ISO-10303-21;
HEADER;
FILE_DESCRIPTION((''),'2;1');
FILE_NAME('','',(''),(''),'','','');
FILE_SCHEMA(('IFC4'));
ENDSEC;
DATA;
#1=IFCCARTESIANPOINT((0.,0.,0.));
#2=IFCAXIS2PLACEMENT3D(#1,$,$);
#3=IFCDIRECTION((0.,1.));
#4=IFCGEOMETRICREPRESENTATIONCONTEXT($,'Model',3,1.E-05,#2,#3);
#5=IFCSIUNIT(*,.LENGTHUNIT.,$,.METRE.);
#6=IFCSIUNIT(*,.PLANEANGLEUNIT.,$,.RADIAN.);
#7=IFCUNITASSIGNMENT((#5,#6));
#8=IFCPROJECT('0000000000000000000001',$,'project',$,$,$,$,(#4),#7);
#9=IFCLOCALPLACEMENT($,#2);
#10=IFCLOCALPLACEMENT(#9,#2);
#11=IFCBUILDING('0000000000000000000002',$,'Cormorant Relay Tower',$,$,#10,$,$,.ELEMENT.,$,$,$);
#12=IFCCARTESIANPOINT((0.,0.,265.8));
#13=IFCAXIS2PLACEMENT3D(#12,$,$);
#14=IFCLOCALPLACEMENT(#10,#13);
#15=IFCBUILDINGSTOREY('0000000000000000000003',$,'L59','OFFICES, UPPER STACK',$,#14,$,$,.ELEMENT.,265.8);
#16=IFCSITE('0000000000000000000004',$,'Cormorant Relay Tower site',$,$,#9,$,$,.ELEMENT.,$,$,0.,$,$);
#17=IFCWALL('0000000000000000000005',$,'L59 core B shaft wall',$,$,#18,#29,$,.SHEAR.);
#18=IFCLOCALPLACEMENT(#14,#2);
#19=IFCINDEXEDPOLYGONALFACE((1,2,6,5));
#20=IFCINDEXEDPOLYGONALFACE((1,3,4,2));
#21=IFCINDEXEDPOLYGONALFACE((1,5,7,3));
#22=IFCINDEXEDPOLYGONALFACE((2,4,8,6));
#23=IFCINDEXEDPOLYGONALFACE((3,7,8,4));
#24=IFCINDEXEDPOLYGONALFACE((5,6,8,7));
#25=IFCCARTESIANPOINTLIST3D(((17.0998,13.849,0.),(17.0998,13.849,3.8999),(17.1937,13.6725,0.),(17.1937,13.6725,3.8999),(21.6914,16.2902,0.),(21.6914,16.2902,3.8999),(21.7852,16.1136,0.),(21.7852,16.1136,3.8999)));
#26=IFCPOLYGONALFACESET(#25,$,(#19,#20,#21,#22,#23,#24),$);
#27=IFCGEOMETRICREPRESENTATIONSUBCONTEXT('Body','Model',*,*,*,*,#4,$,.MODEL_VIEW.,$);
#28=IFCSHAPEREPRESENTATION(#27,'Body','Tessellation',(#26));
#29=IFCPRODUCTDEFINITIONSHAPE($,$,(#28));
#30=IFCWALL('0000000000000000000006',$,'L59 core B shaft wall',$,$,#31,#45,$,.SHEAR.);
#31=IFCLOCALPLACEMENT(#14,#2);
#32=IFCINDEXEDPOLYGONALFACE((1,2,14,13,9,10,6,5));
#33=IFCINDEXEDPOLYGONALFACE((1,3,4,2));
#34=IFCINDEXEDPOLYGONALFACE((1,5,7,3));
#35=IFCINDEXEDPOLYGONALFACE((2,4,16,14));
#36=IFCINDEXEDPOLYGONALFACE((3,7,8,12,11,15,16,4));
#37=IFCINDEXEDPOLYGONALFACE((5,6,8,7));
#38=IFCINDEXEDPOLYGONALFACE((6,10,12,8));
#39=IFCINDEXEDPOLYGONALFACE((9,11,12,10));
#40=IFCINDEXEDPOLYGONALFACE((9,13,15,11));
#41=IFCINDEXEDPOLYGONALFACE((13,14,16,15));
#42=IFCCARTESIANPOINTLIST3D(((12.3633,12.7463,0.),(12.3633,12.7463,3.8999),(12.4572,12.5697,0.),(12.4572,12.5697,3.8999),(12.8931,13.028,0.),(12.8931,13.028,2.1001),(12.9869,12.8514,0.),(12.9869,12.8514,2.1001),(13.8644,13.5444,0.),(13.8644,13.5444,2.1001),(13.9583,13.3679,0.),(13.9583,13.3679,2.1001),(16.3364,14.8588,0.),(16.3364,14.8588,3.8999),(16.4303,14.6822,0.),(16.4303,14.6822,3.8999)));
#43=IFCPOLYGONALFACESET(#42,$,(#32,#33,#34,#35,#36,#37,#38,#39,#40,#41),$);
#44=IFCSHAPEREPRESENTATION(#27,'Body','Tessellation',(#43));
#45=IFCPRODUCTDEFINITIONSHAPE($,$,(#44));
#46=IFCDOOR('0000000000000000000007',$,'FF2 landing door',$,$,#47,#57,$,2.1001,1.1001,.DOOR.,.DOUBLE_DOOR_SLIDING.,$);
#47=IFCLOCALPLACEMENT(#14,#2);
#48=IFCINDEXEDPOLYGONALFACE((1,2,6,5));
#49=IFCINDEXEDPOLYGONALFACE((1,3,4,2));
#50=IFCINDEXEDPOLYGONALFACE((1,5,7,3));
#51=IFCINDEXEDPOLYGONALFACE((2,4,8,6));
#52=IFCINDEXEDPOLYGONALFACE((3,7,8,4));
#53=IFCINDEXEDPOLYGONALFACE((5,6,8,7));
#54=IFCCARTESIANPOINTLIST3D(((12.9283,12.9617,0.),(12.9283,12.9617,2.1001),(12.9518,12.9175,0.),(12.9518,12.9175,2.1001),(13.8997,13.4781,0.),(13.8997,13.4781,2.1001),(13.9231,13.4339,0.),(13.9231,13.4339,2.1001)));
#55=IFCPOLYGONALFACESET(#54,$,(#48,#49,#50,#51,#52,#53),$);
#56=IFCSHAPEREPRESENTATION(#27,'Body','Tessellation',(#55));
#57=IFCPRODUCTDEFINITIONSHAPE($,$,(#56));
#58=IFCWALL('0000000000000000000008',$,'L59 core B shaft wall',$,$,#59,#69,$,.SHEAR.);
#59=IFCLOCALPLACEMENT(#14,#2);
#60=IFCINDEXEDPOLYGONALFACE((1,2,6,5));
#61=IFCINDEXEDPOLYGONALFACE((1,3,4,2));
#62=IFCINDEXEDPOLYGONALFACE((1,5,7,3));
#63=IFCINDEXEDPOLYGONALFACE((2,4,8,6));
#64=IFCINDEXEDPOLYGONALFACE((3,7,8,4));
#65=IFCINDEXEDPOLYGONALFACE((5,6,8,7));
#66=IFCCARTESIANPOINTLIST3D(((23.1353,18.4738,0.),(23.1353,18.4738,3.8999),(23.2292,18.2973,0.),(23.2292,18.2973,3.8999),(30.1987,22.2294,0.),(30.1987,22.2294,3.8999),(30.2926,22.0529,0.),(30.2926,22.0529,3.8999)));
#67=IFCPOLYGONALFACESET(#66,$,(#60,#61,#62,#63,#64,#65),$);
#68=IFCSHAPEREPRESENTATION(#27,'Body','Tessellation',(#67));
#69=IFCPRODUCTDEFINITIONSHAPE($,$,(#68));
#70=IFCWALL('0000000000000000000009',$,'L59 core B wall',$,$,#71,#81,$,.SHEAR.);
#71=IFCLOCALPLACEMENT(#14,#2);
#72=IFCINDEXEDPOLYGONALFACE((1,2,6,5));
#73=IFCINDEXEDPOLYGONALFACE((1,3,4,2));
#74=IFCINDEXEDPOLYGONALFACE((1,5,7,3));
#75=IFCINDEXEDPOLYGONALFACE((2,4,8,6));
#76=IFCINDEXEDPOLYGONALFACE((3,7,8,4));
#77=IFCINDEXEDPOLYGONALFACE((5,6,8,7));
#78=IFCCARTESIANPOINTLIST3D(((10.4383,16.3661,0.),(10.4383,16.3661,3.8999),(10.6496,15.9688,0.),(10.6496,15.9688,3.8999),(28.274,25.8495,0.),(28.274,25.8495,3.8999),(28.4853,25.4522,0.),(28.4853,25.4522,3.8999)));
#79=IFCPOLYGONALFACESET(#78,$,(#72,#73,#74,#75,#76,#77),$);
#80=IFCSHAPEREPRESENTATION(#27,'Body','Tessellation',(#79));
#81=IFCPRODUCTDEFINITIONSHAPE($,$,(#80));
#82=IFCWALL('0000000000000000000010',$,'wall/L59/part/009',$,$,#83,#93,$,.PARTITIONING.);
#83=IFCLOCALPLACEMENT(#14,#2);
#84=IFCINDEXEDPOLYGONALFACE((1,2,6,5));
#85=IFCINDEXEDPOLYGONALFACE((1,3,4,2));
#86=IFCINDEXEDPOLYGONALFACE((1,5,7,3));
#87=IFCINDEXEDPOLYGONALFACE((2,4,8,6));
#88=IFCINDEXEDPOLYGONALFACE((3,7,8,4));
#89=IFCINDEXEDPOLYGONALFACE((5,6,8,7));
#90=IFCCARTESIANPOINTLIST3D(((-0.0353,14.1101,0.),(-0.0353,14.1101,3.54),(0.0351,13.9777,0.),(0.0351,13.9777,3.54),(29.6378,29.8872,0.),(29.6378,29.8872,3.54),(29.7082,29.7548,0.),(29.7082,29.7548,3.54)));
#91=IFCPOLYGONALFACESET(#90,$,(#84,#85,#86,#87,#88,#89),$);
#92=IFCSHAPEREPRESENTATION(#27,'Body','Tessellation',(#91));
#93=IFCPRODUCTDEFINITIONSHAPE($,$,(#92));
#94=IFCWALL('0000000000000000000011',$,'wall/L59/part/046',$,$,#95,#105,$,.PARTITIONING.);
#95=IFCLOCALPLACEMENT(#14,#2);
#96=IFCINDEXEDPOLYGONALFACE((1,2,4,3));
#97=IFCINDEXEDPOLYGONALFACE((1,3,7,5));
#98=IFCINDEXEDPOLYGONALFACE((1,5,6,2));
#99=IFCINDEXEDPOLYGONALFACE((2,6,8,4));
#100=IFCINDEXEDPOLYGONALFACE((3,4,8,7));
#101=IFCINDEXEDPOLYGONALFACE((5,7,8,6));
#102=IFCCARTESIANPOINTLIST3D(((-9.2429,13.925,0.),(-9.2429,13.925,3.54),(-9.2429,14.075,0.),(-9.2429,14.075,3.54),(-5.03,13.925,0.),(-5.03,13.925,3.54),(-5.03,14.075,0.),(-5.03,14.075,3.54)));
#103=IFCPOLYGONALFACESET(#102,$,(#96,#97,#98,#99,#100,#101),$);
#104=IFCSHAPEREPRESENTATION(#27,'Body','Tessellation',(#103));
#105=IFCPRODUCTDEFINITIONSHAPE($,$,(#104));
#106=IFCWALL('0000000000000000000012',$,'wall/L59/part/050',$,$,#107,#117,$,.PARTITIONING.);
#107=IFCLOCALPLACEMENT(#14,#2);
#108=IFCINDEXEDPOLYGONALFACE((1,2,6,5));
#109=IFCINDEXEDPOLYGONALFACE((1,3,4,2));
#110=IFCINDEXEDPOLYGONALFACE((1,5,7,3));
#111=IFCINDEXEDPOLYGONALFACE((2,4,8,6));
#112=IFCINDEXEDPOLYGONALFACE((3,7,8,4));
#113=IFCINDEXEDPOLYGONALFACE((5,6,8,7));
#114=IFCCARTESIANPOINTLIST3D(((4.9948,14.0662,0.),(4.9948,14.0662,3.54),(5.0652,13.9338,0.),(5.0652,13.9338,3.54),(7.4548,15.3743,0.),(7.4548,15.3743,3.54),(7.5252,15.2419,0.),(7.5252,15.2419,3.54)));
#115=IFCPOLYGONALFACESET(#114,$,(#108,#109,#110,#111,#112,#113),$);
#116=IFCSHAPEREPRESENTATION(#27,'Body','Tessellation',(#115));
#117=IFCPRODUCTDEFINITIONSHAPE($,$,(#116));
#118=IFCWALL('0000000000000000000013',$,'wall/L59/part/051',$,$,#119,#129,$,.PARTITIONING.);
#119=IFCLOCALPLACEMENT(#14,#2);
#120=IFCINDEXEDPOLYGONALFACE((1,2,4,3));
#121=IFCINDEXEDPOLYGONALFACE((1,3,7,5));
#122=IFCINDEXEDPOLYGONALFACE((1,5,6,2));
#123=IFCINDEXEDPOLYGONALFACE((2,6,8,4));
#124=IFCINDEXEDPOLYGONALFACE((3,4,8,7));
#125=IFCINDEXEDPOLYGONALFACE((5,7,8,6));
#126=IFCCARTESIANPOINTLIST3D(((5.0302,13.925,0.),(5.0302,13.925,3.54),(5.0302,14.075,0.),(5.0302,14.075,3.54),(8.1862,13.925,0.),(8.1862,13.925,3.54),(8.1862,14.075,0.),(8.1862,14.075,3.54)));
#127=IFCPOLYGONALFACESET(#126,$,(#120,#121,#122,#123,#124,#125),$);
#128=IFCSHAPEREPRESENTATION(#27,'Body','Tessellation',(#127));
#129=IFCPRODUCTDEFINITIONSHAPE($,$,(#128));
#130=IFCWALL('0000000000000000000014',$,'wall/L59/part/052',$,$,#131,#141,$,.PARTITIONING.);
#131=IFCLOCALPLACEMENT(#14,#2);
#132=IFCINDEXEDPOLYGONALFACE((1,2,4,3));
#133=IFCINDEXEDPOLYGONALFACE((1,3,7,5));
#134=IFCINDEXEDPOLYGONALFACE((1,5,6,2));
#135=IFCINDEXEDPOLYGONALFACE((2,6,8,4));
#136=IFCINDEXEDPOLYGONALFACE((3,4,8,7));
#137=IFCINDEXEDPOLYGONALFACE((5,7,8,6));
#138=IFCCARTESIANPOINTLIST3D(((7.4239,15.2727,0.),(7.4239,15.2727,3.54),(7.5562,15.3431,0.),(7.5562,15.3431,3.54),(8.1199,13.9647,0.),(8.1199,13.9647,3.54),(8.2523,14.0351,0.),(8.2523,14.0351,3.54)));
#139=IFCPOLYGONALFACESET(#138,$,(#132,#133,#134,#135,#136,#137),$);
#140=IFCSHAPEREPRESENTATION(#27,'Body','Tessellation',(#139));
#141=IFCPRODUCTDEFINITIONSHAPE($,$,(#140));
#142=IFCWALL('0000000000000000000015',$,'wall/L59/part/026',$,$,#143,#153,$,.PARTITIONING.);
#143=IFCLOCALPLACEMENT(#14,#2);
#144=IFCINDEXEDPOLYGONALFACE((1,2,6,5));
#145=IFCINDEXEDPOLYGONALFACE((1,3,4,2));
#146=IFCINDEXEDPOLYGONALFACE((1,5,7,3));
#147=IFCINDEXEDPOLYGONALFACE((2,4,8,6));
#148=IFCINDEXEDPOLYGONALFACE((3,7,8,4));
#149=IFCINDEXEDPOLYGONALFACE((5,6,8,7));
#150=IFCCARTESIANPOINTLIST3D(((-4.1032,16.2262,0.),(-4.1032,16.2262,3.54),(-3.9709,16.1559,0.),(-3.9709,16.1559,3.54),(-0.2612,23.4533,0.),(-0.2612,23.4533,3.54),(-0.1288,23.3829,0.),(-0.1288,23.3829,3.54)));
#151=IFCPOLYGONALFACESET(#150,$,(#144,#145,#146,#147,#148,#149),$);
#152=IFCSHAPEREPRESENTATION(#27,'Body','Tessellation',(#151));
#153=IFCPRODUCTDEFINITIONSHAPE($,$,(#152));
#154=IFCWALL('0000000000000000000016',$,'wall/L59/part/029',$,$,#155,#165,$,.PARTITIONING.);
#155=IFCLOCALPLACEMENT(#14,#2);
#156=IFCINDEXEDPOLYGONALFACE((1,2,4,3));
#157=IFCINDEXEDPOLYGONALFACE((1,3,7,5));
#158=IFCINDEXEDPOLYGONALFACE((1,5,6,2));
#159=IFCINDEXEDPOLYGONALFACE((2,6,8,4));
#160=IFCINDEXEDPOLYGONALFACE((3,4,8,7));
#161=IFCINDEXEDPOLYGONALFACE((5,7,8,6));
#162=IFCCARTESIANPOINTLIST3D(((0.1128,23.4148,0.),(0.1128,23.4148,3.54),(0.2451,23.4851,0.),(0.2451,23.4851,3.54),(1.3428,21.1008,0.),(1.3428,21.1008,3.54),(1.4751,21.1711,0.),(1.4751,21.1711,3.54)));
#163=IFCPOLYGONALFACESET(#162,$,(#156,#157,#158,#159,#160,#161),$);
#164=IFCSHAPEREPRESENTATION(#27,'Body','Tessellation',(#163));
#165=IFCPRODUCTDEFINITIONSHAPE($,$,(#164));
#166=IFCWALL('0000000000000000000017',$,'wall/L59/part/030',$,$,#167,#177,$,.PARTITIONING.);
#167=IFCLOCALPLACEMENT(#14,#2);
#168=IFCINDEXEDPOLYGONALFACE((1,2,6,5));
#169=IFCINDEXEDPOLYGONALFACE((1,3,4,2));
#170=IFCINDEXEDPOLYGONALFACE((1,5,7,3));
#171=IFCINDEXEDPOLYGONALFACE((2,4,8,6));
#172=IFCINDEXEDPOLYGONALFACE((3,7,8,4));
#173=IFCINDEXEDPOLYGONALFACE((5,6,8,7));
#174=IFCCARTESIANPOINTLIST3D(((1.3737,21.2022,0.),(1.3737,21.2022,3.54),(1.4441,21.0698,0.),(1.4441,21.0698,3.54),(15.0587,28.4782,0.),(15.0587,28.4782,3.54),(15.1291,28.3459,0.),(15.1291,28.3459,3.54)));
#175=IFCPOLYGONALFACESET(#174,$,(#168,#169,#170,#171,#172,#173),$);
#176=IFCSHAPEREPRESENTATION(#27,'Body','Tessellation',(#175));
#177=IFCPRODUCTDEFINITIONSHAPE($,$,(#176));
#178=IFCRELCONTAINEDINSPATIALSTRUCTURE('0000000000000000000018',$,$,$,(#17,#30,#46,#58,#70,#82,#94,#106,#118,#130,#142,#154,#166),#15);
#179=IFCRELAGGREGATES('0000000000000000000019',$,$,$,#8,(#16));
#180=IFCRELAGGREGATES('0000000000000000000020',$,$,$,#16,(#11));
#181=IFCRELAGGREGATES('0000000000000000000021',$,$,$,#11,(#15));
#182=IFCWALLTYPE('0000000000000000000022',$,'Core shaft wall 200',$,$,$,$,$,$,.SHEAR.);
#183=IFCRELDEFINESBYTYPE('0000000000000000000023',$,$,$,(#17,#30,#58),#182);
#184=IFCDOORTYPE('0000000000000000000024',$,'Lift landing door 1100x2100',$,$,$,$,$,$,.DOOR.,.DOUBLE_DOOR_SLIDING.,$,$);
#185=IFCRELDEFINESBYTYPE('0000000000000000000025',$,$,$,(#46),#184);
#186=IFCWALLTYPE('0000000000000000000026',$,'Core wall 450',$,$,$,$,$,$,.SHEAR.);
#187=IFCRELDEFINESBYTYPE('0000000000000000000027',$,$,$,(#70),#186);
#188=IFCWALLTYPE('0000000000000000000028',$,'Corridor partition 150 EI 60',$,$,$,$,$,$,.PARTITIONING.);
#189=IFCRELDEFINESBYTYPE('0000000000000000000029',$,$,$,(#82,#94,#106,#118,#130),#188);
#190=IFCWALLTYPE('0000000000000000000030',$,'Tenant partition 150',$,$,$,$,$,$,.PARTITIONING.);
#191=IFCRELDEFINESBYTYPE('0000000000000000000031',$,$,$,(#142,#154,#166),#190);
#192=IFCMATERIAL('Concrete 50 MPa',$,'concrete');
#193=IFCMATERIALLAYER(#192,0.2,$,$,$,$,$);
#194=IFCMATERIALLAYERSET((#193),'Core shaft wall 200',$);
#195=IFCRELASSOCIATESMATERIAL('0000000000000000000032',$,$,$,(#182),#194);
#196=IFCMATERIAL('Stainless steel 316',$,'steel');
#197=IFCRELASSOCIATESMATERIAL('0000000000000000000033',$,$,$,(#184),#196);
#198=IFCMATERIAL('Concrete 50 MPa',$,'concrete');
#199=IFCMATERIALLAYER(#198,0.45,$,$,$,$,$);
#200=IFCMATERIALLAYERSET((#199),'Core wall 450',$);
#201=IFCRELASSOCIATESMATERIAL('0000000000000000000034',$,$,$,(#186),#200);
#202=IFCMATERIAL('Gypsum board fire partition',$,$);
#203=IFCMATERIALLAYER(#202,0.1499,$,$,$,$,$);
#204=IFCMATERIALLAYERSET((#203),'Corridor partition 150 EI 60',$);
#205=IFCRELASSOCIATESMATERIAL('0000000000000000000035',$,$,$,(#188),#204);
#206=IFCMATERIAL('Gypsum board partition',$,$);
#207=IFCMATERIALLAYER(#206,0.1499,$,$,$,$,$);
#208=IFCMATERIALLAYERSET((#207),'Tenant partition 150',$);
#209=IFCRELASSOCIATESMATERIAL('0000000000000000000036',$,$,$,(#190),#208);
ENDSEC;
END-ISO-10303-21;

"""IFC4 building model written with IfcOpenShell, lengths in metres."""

from ifc_helpers import new_model, si_unit, direction, frame, frame_2d, origin, place, context, subcontext, project, spatial, rectangle, extrude, material, layer, layer_set, type_object, element, fill, save


model = new_model("IFC4")

# Units and contexts
model_context = context("Model", 3, precision=1e-05, world=origin(), true_north=direction((0.0, 1.0)))
body_context = subcontext(model_context, "Body", "Model", "MODEL_VIEW")
ifc_project = project(units=[si_unit("LENGTHUNIT", "METRE"), si_unit("PLANEANGLEUNIT", "RADIAN")], contexts=[model_context])

# Site, building, storey
site_placement = place(None, origin())
site = spatial("IfcSite", under=ifc_project, at=site_placement, Name="Cormorant Relay Tower site", CompositionType="ELEMENT", RefElevation=0.0)
building_placement = place(site_placement, origin())
building = spatial("IfcBuilding", under=site, at=building_placement, Name="Cormorant Relay Tower", CompositionType="ELEMENT")
storey_placement = place(building_placement, frame((0.0, 0.0, 265.8)))
storey = spatial("IfcBuildingStorey", under=building, at=storey_placement, Name="L59", Description="OFFICES, UPPER STACK", CompositionType="ELEMENT", Elevation=265.8)

# Shared definitions
ifc_material_1 = material(Name="Concrete 50 MPa", Category="concrete")
ifc_layer_1 = layer(ifc_material_1, 0.2)
ifc_layer_set_1 = layer_set([ifc_layer_1], Name="Core shaft wall 200")
wall_type_1 = type_object("IfcWallType", Name="Core shaft wall 200", PredefinedType="SHEAR", material=ifc_layer_set_1)

# Wall
wall_1_placement = place(storey_placement, frame((17.1467, 13.7607, 0.0), z_axis=(0.0, 0.0, 1.0), x_axis=(0.882964, 0.46944, 0.0)))
element("IfcWall", 1, at=wall_1_placement, inside=storey, type_object=wall_type_1, Name="L59 core B shaft wall", PredefinedType="SHEAR", context=body_context, shape_type="SweptSolid", body=[
    extrude(rectangle(XDim=5.2002, YDim=0.2, at=frame_2d((2.6001, 0.0))), origin(), (0.0, 0.0, 1.0), 3.8999),
])

# Wall, opening, door
wall_2_placement = place(storey_placement, frame((12.4102, 12.658, 0.0), z_axis=(0.0, 0.0, 1.0), x_axis=(0.882948, 0.46947, 0.0)))
wall_2 = element("IfcWall", 2, at=wall_2_placement, inside=storey, type_object=wall_type_1, Name="L59 core B shaft wall", PredefinedType="SHEAR", context=body_context, shape_type="SweptSolid", body=[
    extrude(rectangle(XDim=4.4998, YDim=0.2, at=frame_2d((2.25, 0.0))), origin(), (0.0, 0.0, 1.0), 3.8999),
])
opening_1_placement = place(wall_2_placement, frame((0.6001, 0.0, 0.0)))
opening_1 = element("IfcOpeningElement", 3, at=opening_1_placement, cuts=wall_2, PredefinedType="OPENING", context=body_context, shape_type="SweptSolid", body=[
    extrude(rectangle(XDim=1.1001, YDim=2.1001, at=frame_2d((0.55, 1.05))), frame((0.0, 0.1099, 0.0), z_axis=(0.0, -1.0, 0.0), x_axis=(1.0, 0.0, 0.0)), (0.0, 0.0, 1.0), 0.22),
])
ifc_material_2 = material(Name="Stainless steel 316", Category="steel")
door_type_1 = type_object("IfcDoorType", Name="Lift landing door 1100x2100", OperationType="DOUBLE_DOOR_SLIDING", PredefinedType="DOOR", material=ifc_material_2)
door_1_placement = place(opening_1_placement, origin())
door_1 = element("IfcDoor", 4, at=door_1_placement, inside=storey, type_object=door_type_1, Name="FF2 landing door", OperationType="DOUBLE_DOOR_SLIDING", OverallHeight=2.1001, OverallWidth=1.1001, PredefinedType="DOOR", context=body_context, shape_type="SweptSolid", body=[
    extrude(rectangle(XDim=1.1001, YDim=2.1001, at=frame_2d((0.55, 1.05))), frame((0.0, 0.0249, 0.0), z_axis=(0.0, -1.0, 0.0), x_axis=(1.0, 0.0, 0.0)), (0.0, 0.0, 1.0), 0.05),
])
fill(opening_1, door_1)

# Walls
wall_3_placement = place(storey_placement, frame((23.1821, 18.3855, 0.0), z_axis=(0.0, 0.0, 1.0), x_axis=(0.882953, 0.469462, 0.0)))
element("IfcWall", 5, at=wall_3_placement, inside=storey, type_object=wall_type_1, Name="L59 core B shaft wall", PredefinedType="SHEAR", context=body_context, shape_type="SweptSolid", body=[
    extrude(rectangle(XDim=7.9998, YDim=0.2, at=frame_2d((4.0, 0.0))), origin(), (0.0, 0.0, 1.0), 3.8999),
])
ifc_material_3 = material(Name="Concrete 50 MPa", Category="concrete")
ifc_layer_2 = layer(ifc_material_3, 0.45)
ifc_layer_set_2 = layer_set([ifc_layer_2], Name="Core wall 450")
wall_type_2 = type_object("IfcWallType", Name="Core wall 450", PredefinedType="SHEAR", material=ifc_layer_set_2)
wall_4_placement = place(storey_placement, frame((10.5439, 16.1675, 0.0), z_axis=(0.0, 0.0, 1.0), x_axis=(0.882948, 0.469471, 0.0)))
element("IfcWall", 6, at=wall_4_placement, inside=storey, type_object=wall_type_2, Name="L59 core B wall", PredefinedType="SHEAR", context=body_context, shape_type="SweptSolid", body=[
    extrude(rectangle(XDim=20.2002, YDim=0.45, at=frame_2d((10.1001, 0.0))), origin(), (0.0, 0.0, 1.0), 3.8999),
])
ifc_material_4 = material(Name="Gypsum board fire partition")
ifc_layer_3 = layer(ifc_material_4, 0.1499)
ifc_layer_set_3 = layer_set([ifc_layer_3], Name="Corridor partition 150 EI 60")
wall_type_3 = type_object("IfcWallType", Name="Corridor partition 150 EI 60", PredefinedType="PARTITIONING", material=ifc_layer_set_3)
wall_5_placement = place(storey_placement, frame((0.0, 14.0439, 0.0), z_axis=(0.0, 0.0, 1.0), x_axis=(0.882952, 0.469463, 0.0)))
element("IfcWall", 7, at=wall_5_placement, inside=storey, type_object=wall_type_3, Name="wall/L59/part/009", PredefinedType="PARTITIONING", context=body_context, shape_type="SweptSolid", body=[
    extrude(rectangle(XDim=33.6067, YDim=0.1499, at=frame_2d((16.8032, 0.0))), origin(), (0.0, 0.0, 1.0), 3.54),
])
wall_6_placement = place(storey_placement, frame((-5.03, 14.0, 0.0), z_axis=(0.0, 0.0, 1.0), x_axis=(-1.0, 0.0, 0.0)))
element("IfcWall", 8, at=wall_6_placement, inside=storey, type_object=wall_type_3, Name="wall/L59/part/046", PredefinedType="PARTITIONING", context=body_context, shape_type="SweptSolid", body=[
    extrude(rectangle(XDim=4.2129, YDim=0.1499, at=frame_2d((2.1064, 0.0))), origin(), (0.0, 0.0, 1.0), 3.54),
])
wall_7_placement = place(storey_placement, frame((7.49, 15.3081, 0.0), z_axis=(0.0, 0.0, 1.0), x_axis=(-0.88293, -0.469505, 0.0)))
element("IfcWall", 9, at=wall_7_placement, inside=storey, type_object=wall_type_3, Name="wall/L59/part/050", PredefinedType="PARTITIONING", context=body_context, shape_type="SweptSolid", body=[
    extrude(rectangle(XDim=2.7861, YDim=0.1499, at=frame_2d((1.3931, 0.0))), origin(), (0.0, 0.0, 1.0), 3.54),
])
wall_8_placement = place(storey_placement, frame((5.03, 14.0, 0.0), z_axis=(0.0, 0.0, 1.0), x_axis=(1.0, 0.0, 0.0)))
element("IfcWall", 10, at=wall_8_placement, inside=storey, type_object=wall_type_3, Name="wall/L59/part/051", PredefinedType="PARTITIONING", context=body_context, shape_type="SweptSolid", body=[
    extrude(rectangle(XDim=3.156, YDim=0.1499, at=frame_2d((1.5781, 0.0))), origin(), (0.0, 0.0, 1.0), 3.54),
])
wall_9_placement = place(storey_placement, frame((8.186, 14.0, 0.0), z_axis=(0.0, 0.0, 1.0), x_axis=(-0.469741, 0.882804, 0.0)))
element("IfcWall", 11, at=wall_9_placement, inside=storey, type_object=wall_type_3, Name="wall/L59/part/052", PredefinedType="PARTITIONING", context=body_context, shape_type="SweptSolid", body=[
    extrude(rectangle(XDim=1.4817, YDim=0.1499, at=frame_2d((0.7407, 0.0))), origin(), (0.0, 0.0, 1.0), 3.54),
])
ifc_material_5 = material(Name="Gypsum board partition")
ifc_layer_4 = layer(ifc_material_5, 0.1499)
ifc_layer_set_4 = layer_set([ifc_layer_4], Name="Tenant partition 150")
wall_type_4 = type_object("IfcWallType", Name="Tenant partition 150", PredefinedType="PARTITIONING", material=ifc_layer_set_4)
wall_10_placement = place(storey_placement, frame((-0.1951, 23.418, 0.0), z_axis=(0.0, 0.0, 1.0), x_axis=(-0.46941, -0.882981, 0.0)))
element("IfcWall", 12, at=wall_10_placement, inside=storey, type_object=wall_type_4, Name="wall/L59/part/026", PredefinedType="PARTITIONING", context=body_context, shape_type="SweptSolid", body=[
    extrude(rectangle(XDim=8.1848, YDim=0.1499, at=frame_2d((4.0923, 0.0))), origin(), (0.0, 0.0, 1.0), 3.54),
])
wall_11_placement = place(storey_placement, frame((0.179, 23.45, 0.0), z_axis=(0.0, 0.0, 1.0), x_axis=(0.46936, -0.883007, 0.0)))
element("IfcWall", 13, at=wall_11_placement, inside=storey, type_object=wall_type_4, Name="wall/L59/part/029", PredefinedType="PARTITIONING", context=body_context, shape_type="SweptSolid", body=[
    extrude(rectangle(XDim=2.6206, YDim=0.1499, at=frame_2d((1.3103, 0.0))), origin(), (0.0, 0.0, 1.0), 3.54),
])
wall_12_placement = place(storey_placement, frame((1.4089, 21.136, 0.0), z_axis=(0.0, 0.0, 1.0), x_axis=(0.882957, 0.469454, 0.0)))
element("IfcWall", 14, at=wall_12_placement, inside=storey, type_object=wall_type_4, Name="wall/L59/part/030", PredefinedType="PARTITIONING", context=body_context, shape_type="SweptSolid", body=[
    extrude(rectangle(XDim=15.499, YDim=0.1499, at=frame_2d((7.7495, 0.0))), origin(), (0.0, 0.0, 1.0), 3.54),
])

save(model, "model.ifc")
